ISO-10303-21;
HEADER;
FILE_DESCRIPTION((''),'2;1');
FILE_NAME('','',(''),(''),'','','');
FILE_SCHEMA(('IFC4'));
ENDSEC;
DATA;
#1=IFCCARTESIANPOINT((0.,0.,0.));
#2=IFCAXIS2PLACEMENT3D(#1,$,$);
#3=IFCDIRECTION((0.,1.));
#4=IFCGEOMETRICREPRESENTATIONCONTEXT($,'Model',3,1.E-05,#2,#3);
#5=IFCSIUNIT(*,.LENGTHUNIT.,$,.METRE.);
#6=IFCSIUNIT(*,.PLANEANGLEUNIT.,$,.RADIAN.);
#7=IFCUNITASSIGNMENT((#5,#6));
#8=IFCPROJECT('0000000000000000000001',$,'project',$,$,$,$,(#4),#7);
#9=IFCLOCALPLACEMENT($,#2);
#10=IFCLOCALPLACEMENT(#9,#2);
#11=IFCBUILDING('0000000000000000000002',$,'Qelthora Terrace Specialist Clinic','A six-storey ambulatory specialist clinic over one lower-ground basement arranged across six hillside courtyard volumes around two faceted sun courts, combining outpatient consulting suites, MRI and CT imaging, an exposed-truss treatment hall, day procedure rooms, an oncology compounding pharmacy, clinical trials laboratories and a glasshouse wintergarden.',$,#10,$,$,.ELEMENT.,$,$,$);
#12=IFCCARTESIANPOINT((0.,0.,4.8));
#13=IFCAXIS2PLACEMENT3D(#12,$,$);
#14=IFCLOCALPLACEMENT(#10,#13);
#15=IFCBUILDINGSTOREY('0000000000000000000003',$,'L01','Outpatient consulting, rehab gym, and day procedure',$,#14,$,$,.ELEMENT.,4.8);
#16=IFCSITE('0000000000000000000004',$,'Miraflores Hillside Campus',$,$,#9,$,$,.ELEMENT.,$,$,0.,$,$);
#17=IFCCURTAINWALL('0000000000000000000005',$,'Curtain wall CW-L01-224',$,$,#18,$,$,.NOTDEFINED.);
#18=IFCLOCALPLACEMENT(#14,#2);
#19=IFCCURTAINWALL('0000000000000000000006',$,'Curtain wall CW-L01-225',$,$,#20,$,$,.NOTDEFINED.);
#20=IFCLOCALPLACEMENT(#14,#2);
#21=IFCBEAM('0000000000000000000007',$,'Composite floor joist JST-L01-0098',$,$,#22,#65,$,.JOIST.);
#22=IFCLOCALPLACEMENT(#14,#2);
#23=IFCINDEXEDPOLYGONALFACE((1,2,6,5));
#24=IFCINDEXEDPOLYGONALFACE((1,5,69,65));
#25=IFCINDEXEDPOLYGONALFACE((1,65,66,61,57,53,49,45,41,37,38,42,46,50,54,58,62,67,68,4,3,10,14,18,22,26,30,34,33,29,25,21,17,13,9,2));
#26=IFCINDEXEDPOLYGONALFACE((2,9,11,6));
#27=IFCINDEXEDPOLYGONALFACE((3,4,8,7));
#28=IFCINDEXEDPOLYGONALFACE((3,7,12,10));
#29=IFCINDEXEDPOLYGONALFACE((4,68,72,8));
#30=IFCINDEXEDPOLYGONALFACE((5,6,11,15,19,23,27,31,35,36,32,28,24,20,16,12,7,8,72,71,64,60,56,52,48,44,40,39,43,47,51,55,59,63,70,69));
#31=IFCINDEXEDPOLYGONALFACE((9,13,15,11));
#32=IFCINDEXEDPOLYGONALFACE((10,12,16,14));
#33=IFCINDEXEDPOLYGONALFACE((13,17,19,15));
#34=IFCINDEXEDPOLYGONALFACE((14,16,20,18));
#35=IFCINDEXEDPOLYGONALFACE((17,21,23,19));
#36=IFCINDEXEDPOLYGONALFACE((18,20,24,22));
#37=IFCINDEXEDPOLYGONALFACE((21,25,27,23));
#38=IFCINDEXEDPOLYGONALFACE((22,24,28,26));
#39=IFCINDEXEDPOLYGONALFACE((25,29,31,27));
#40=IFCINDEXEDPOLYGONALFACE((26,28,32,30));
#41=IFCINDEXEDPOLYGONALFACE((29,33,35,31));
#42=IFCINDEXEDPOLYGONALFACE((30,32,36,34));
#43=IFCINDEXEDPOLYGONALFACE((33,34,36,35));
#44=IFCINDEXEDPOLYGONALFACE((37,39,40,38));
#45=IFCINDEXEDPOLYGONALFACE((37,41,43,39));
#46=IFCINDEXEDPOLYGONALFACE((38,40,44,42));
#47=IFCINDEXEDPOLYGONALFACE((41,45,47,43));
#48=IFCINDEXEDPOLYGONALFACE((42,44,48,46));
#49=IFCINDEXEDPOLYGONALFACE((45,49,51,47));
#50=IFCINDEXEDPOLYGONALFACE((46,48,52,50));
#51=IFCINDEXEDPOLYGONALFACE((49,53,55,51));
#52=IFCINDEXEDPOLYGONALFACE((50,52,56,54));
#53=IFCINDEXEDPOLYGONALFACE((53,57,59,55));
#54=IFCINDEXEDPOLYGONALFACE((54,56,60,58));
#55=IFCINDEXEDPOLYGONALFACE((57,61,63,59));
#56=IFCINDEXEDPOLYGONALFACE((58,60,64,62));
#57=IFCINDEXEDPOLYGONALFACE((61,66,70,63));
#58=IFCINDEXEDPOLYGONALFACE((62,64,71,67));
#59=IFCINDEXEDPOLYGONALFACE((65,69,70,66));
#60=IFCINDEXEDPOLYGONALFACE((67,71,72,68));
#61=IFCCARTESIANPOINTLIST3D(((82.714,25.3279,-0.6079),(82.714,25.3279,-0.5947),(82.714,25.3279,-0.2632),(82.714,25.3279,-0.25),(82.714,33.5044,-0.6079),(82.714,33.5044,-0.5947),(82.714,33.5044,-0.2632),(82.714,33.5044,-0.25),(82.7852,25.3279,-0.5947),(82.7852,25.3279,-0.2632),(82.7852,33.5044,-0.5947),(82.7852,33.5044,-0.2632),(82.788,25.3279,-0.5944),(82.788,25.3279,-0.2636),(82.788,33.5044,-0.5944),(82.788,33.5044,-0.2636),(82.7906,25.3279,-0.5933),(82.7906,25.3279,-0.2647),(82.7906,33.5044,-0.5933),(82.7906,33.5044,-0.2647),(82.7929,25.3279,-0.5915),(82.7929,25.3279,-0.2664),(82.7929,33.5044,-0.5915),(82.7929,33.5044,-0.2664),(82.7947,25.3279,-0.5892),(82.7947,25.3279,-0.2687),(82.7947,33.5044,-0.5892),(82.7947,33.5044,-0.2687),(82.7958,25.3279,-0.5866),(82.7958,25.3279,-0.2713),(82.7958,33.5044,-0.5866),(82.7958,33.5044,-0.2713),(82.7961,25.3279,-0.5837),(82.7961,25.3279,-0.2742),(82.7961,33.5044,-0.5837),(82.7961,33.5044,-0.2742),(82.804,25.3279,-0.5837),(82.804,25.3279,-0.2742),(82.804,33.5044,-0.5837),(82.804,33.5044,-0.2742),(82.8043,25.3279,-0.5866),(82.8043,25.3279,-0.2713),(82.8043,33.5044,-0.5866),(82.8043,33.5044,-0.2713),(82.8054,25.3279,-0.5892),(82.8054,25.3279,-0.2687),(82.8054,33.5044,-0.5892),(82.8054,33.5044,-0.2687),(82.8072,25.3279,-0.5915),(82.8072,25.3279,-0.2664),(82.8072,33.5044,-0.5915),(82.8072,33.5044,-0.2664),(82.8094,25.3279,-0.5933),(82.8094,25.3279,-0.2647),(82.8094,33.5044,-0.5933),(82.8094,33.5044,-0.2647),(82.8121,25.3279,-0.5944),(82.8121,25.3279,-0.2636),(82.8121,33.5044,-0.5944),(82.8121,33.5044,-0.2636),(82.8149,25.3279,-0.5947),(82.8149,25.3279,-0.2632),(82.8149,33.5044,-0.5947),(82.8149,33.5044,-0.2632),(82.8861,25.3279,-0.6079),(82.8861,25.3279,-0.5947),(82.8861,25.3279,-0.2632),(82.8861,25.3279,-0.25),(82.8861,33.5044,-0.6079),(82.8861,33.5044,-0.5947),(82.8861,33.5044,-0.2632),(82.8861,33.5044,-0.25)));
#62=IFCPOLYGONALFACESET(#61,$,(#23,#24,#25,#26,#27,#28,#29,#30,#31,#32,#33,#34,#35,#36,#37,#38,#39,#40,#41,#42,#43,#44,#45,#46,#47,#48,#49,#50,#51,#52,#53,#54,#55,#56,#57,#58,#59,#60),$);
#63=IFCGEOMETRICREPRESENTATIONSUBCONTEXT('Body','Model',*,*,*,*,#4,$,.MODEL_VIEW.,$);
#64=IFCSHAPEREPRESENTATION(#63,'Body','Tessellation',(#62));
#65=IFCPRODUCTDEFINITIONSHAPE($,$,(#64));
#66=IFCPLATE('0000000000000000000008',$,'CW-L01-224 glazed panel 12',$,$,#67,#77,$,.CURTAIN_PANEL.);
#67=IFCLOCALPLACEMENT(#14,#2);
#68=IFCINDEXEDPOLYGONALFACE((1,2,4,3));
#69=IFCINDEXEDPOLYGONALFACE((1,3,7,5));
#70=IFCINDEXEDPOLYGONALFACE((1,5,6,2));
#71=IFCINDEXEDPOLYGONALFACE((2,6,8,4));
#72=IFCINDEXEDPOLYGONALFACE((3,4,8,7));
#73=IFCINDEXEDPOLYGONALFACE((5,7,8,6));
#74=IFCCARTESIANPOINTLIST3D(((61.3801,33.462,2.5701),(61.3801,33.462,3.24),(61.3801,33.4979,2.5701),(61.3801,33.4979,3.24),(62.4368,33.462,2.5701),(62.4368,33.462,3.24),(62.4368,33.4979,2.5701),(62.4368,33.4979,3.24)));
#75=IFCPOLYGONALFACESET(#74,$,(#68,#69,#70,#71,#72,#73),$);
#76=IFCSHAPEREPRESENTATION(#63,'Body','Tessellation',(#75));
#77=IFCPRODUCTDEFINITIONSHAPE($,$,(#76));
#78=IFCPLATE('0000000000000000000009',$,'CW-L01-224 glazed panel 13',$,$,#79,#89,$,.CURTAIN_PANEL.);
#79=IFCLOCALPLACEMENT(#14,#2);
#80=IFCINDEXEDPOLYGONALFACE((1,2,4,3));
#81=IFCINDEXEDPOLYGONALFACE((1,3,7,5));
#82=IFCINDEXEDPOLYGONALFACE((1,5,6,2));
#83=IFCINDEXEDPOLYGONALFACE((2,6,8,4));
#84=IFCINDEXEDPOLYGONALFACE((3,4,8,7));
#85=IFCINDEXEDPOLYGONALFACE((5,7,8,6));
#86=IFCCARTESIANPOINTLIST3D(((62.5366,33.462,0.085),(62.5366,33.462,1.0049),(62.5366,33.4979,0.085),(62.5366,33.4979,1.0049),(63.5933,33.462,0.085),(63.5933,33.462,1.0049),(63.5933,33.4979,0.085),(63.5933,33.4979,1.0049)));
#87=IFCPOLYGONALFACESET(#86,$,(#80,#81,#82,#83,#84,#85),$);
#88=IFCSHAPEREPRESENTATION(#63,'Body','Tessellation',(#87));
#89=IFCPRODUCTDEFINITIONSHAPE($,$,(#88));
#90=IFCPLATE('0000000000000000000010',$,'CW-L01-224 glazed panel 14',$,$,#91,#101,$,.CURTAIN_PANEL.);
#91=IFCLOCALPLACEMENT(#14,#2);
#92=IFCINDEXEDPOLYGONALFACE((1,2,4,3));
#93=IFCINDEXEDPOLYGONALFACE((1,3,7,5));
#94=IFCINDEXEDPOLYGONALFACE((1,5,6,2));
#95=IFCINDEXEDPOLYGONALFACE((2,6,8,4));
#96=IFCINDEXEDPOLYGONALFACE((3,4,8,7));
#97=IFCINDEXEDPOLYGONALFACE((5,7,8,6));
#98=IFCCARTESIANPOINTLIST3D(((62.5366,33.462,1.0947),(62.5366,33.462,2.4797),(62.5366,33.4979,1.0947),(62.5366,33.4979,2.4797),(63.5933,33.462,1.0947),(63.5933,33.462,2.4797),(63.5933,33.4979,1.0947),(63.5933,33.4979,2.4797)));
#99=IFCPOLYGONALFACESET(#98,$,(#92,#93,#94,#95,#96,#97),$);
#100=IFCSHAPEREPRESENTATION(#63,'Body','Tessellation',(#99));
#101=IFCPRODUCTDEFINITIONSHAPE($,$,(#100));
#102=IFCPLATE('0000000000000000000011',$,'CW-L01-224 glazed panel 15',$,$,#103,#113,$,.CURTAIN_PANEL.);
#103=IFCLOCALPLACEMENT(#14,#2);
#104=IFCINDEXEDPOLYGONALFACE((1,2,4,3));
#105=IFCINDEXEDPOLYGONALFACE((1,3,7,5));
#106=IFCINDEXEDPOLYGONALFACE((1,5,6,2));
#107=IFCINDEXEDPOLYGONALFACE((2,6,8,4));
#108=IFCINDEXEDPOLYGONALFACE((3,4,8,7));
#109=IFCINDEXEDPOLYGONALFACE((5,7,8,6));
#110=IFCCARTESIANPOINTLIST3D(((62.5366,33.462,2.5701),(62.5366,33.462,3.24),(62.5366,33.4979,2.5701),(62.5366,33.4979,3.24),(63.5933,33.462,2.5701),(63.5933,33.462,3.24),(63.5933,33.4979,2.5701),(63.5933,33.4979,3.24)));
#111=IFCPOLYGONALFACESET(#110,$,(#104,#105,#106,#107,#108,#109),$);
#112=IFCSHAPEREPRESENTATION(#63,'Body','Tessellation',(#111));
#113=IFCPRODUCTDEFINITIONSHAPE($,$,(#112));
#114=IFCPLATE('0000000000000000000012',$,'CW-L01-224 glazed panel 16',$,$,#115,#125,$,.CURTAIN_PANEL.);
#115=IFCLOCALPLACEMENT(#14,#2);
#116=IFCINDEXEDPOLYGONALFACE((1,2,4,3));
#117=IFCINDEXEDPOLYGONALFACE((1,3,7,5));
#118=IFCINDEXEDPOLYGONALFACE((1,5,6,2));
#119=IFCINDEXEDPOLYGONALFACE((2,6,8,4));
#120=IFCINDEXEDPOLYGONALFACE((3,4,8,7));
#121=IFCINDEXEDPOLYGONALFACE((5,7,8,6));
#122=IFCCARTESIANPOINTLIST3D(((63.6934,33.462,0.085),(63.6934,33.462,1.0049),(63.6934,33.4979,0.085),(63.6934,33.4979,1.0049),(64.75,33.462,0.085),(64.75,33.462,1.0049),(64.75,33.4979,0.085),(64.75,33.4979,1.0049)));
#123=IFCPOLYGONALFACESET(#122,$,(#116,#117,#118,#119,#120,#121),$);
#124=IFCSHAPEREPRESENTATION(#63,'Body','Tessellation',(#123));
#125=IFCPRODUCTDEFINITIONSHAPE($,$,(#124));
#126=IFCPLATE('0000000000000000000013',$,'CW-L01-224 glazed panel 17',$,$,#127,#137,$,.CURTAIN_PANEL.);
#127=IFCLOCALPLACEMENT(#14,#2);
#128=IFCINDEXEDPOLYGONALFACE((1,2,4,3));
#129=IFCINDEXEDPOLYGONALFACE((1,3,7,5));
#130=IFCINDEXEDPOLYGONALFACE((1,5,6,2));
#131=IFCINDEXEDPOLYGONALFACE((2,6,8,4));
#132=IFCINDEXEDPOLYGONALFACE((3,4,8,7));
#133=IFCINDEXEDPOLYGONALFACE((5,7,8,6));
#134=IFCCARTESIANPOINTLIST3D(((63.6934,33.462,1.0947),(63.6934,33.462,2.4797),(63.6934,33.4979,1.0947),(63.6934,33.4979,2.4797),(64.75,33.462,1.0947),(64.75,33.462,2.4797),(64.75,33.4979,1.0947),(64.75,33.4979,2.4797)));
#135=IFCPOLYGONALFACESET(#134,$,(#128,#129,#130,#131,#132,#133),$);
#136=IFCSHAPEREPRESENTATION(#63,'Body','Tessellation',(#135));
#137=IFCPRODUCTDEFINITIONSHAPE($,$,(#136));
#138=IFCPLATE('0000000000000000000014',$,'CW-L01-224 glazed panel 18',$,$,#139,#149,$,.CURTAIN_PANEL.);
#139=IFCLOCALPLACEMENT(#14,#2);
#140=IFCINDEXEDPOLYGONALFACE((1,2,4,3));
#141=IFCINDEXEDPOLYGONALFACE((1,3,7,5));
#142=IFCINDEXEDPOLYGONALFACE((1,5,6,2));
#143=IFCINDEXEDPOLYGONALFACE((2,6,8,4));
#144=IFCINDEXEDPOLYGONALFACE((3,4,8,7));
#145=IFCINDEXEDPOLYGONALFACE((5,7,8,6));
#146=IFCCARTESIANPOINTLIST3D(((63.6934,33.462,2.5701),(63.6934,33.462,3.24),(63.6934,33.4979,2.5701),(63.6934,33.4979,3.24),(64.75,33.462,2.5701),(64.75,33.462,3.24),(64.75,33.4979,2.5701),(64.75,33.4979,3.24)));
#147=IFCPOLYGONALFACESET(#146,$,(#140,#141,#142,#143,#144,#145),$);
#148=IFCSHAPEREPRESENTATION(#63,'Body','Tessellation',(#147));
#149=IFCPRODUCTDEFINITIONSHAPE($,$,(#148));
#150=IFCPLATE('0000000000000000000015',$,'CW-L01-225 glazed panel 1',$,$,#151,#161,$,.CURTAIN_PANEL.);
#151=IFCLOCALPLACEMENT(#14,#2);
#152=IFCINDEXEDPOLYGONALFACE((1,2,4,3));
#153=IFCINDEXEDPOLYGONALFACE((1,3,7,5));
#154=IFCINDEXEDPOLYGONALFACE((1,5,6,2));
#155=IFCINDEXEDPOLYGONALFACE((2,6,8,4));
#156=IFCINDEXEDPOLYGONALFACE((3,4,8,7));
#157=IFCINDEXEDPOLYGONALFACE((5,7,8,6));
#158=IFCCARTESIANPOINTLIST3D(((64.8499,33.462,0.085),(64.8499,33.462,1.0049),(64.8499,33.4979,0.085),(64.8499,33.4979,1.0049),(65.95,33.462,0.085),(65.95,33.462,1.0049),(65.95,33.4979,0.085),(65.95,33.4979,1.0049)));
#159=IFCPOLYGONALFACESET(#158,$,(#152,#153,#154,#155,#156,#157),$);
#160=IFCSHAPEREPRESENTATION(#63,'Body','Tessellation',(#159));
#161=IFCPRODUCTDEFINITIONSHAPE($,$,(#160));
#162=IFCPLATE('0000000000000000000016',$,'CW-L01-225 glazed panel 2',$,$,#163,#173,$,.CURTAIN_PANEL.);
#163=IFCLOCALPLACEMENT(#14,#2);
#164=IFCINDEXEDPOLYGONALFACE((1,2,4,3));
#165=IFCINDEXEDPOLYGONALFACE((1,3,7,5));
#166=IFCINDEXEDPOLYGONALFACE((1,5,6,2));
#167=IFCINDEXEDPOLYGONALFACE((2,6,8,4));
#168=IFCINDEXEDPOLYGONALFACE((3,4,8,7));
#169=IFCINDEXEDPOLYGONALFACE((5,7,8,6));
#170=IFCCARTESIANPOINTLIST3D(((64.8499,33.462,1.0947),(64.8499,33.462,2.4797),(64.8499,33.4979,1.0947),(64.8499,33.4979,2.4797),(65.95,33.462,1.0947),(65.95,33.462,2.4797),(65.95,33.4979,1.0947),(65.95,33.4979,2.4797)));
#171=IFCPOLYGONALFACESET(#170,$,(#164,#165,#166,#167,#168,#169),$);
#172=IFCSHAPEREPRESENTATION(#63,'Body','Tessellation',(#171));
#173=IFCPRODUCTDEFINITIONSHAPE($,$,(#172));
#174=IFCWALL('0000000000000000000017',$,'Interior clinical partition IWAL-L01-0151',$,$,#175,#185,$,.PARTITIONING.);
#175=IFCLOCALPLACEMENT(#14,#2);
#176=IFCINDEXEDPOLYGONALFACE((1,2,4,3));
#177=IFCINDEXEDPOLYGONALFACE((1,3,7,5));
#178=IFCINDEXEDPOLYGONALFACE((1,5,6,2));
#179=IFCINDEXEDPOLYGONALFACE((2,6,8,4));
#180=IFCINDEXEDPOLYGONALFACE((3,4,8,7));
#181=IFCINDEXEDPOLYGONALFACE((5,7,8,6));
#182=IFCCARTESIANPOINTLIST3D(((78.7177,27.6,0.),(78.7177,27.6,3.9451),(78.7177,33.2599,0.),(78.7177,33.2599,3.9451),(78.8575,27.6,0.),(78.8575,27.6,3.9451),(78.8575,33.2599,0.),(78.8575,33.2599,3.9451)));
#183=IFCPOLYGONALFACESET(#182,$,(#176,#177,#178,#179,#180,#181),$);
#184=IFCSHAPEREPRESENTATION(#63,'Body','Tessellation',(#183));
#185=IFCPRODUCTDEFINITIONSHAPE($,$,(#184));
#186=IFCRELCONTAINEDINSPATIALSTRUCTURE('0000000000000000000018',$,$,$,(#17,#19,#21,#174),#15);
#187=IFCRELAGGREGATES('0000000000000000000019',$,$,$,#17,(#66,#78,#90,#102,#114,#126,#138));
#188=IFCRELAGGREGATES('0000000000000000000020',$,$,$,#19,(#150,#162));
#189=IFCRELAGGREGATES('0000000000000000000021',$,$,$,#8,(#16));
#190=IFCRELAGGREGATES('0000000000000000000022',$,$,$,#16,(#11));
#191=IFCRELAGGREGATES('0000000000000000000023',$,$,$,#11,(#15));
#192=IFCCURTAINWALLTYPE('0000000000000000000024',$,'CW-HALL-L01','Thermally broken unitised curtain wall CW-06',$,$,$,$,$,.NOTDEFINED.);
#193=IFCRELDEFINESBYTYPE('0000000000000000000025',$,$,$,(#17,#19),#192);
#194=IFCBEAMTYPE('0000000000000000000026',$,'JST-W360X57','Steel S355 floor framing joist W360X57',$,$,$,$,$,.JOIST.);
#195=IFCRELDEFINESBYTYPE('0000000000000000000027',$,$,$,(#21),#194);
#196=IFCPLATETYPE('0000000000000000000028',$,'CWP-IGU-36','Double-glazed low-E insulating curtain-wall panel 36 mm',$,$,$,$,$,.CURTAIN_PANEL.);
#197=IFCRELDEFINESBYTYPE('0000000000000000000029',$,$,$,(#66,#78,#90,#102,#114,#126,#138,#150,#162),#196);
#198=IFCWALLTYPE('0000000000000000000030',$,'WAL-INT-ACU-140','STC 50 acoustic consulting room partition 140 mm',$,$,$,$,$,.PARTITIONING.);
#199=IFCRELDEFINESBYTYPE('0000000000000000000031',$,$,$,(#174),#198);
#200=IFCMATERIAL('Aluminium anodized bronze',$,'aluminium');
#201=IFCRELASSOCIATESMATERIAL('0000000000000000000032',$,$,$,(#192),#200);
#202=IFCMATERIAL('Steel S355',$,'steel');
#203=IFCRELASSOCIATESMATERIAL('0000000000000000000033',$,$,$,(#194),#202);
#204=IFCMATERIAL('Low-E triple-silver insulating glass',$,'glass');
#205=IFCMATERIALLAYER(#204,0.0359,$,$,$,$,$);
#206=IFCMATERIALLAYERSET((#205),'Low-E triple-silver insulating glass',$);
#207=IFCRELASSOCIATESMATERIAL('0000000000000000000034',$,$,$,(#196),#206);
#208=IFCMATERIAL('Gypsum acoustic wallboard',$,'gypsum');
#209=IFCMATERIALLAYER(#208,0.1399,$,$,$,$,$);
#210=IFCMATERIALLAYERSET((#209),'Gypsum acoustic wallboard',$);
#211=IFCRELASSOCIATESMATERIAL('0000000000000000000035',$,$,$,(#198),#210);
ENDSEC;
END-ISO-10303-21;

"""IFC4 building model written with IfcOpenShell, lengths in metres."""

from ifc_helpers import new_model, si_unit, direction, frame, frame_2d, origin, origin_2d, place, context, subcontext, project, spatial, rectangle, i_section, extrude, material, layer, layer_set, material_profile, profile_set, type_object, element, aggregate, save


model = new_model("IFC4")

# Units and contexts
model_context = context("Model", 3, precision=1e-05, world=origin(), true_north=direction((0.0, 1.0)))
body_context = subcontext(model_context, "Body", "Model", "MODEL_VIEW")
ifc_project = project(units=[si_unit("LENGTHUNIT", "METRE"), si_unit("PLANEANGLEUNIT", "RADIAN")], contexts=[model_context])

# Site, building, storey
site_placement = place(None, origin())
site = spatial("IfcSite", under=ifc_project, at=site_placement, Name="Miraflores Hillside Campus", CompositionType="ELEMENT", RefElevation=0.0)
building_placement = place(site_placement, origin())
building = spatial("IfcBuilding", under=site, at=building_placement, Name="Qelthora Terrace Specialist Clinic", Description="A six-storey ambulatory specialist clinic over one lower-ground basement arranged across six hillside courtyard volumes around two faceted sun courts, combining outpatient consulting suites, MRI and CT imaging, an exposed-truss treatment hall, day procedure rooms, an oncology compounding pharmacy, clinical trials laboratories and a glasshouse wintergarden.", CompositionType="ELEMENT")
storey_placement = place(building_placement, frame((0.0, 0.0, 4.8)))
storey = spatial("IfcBuildingStorey", under=building, at=storey_placement, Name="L01", Description="Outpatient consulting, rehab gym, and day procedure", CompositionType="ELEMENT", Elevation=4.8)

# Curtain walls
ifc_material_1 = material(Name="Aluminium anodized bronze", Category="aluminium")
curtain_wall_type = type_object("IfcCurtainWallType", Name="CW-HALL-L01", Description="Thermally broken unitised curtain wall CW-06", PredefinedType="NOTDEFINED", material=ifc_material_1)
curtain_wall_1_placement = place(storey_placement, origin())
curtain_wall_1 = element("IfcCurtainWall", 1, at=curtain_wall_1_placement, inside=storey, type_object=curtain_wall_type, Name="Curtain wall CW-L01-224", PredefinedType="NOTDEFINED")
curtain_wall_2_placement = place(storey_placement, origin())
curtain_wall_2 = element("IfcCurtainWall", 2, at=curtain_wall_2_placement, inside=storey, type_object=curtain_wall_type, Name="Curtain wall CW-L01-225", PredefinedType="NOTDEFINED")

# Beam
ifc_material_2 = material(Name="Steel S355", Category="steel")
ifc_material_profile_1 = material_profile(ifc_material_2, i_section(OverallWidth=0.1721, OverallDepth=0.3579, WebThickness=0.0078, FlangeThickness=0.0132, FilletRadius=0.011, at=origin_2d()), Name="W360X57")
ifc_profile_set_1 = profile_set([ifc_material_profile_1], Name="Steel S355")
beam_type_1 = type_object("IfcBeamType", Name="JST-W360X57", Description="Steel S355 floor framing joist W360X57", PredefinedType="JOIST", material=ifc_profile_set_1)
beam_1_placement = place(storey_placement, frame((82.8, 25.3279, -0.429), z_axis=(0.0, 1.0, 0.0), x_axis=(-1.0, 0.0, 0.0)))
element("IfcBeam", 3, at=beam_1_placement, inside=storey, type_object=beam_type_1, Name="Composite floor joist JST-L01-0098", PredefinedType="JOIST", context=body_context, shape_type="SweptSolid", body=[
    extrude(i_section(OverallWidth=0.1721, OverallDepth=0.3579, WebThickness=0.0078, FlangeThickness=0.0132, FilletRadius=0.011, at=origin_2d()), origin(), (0.0, 0.0, 1.0), 8.1765),
])

# Plates
ifc_material_3 = material(Name="Low-E triple-silver insulating glass", Category="glass")
ifc_layer_1 = layer(ifc_material_3, 0.0359)
ifc_layer_set_1 = layer_set([ifc_layer_1], Name="Low-E triple-silver insulating glass")
plate_type = type_object("IfcPlateType", Name="CWP-IGU-36", Description="Double-glazed low-E insulating curtain-wall panel 36 mm", PredefinedType="CURTAIN_PANEL", material=ifc_layer_set_1)
plate_1_placement = place(storey_placement, frame((61.9084, 33.48, 2.5701), z_axis=(0.0, 0.0, 1.0), x_axis=(1.0, 0.0, 0.0)))
plate_1 = element("IfcPlate", 4, at=plate_1_placement, type_object=plate_type, Name="CW-L01-224 glazed panel 12", PredefinedType="CURTAIN_PANEL", context=body_context, shape_type="SweptSolid", body=[
    extrude(rectangle(XDim=1.0566, YDim=0.0359, at=origin_2d()), origin(), (0.0, 0.0, 1.0), 0.6699),
])
plate_2_placement = place(storey_placement, frame((63.0649, 33.48, 0.085), z_axis=(0.0, 0.0, 1.0), x_axis=(1.0, 0.0, 0.0)))
plate_2 = element("IfcPlate", 5, at=plate_2_placement, type_object=plate_type, Name="CW-L01-224 glazed panel 13", PredefinedType="CURTAIN_PANEL", context=body_context, shape_type="SweptSolid", body=[
    extrude(rectangle(XDim=1.0566, YDim=0.0359, at=origin_2d()), origin(), (0.0, 0.0, 1.0), 0.9199),
])
plate_3_placement = place(storey_placement, frame((63.0649, 33.48, 1.0947), z_axis=(0.0, 0.0, 1.0), x_axis=(1.0, 0.0, 0.0)))
plate_3 = element("IfcPlate", 6, at=plate_3_placement, type_object=plate_type, Name="CW-L01-224 glazed panel 14", PredefinedType="CURTAIN_PANEL", context=body_context, shape_type="SweptSolid", body=[
    extrude(rectangle(XDim=1.0566, YDim=0.0359, at=origin_2d()), origin(), (0.0, 0.0, 1.0), 1.385),
])
plate_4_placement = place(storey_placement, frame((63.0649, 33.48, 2.5701), z_axis=(0.0, 0.0, 1.0), x_axis=(1.0, 0.0, 0.0)))
plate_4 = element("IfcPlate", 7, at=plate_4_placement, type_object=plate_type, Name="CW-L01-224 glazed panel 15", PredefinedType="CURTAIN_PANEL", context=body_context, shape_type="SweptSolid", body=[
    extrude(rectangle(XDim=1.0566, YDim=0.0359, at=origin_2d()), origin(), (0.0, 0.0, 1.0), 0.6699),
])
plate_5_placement = place(storey_placement, frame((64.2217, 33.48, 0.085), z_axis=(0.0, 0.0, 1.0), x_axis=(1.0, 0.0, 0.0)))
plate_5 = element("IfcPlate", 8, at=plate_5_placement, type_object=plate_type, Name="CW-L01-224 glazed panel 16", PredefinedType="CURTAIN_PANEL", context=body_context, shape_type="SweptSolid", body=[
    extrude(rectangle(XDim=1.0566, YDim=0.0359, at=origin_2d()), origin(), (0.0, 0.0, 1.0), 0.9199),
])
plate_6_placement = place(storey_placement, frame((64.2217, 33.48, 1.0947), z_axis=(0.0, 0.0, 1.0), x_axis=(1.0, 0.0, 0.0)))
plate_6 = element("IfcPlate", 9, at=plate_6_placement, type_object=plate_type, Name="CW-L01-224 glazed panel 17", PredefinedType="CURTAIN_PANEL", context=body_context, shape_type="SweptSolid", body=[
    extrude(rectangle(XDim=1.0566, YDim=0.0359, at=origin_2d()), origin(), (0.0, 0.0, 1.0), 1.385),
])
plate_7_placement = place(storey_placement, frame((64.2217, 33.48, 2.5701), z_axis=(0.0, 0.0, 1.0), x_axis=(1.0, 0.0, 0.0)))
plate_7 = element("IfcPlate", 10, at=plate_7_placement, type_object=plate_type, Name="CW-L01-224 glazed panel 18", PredefinedType="CURTAIN_PANEL", context=body_context, shape_type="SweptSolid", body=[
    extrude(rectangle(XDim=1.0566, YDim=0.0359, at=origin_2d()), origin(), (0.0, 0.0, 1.0), 0.6699),
])
aggregate(curtain_wall_1, [plate_1, plate_2, plate_3, plate_4, plate_5, plate_6, plate_7])
plate_8_placement = place(storey_placement, frame((65.3999, 33.48, 0.085), z_axis=(0.0, 0.0, 1.0), x_axis=(1.0, 0.0, 0.0)))
plate_8 = element("IfcPlate", 11, at=plate_8_placement, type_object=plate_type, Name="CW-L01-225 glazed panel 1", PredefinedType="CURTAIN_PANEL", context=body_context, shape_type="SweptSolid", body=[
    extrude(rectangle(XDim=1.1001, YDim=0.0359, at=origin_2d()), origin(), (0.0, 0.0, 1.0), 0.9199),
])
plate_9_placement = place(storey_placement, frame((65.3999, 33.48, 1.0947), z_axis=(0.0, 0.0, 1.0), x_axis=(1.0, 0.0, 0.0)))
plate_9 = element("IfcPlate", 12, at=plate_9_placement, type_object=plate_type, Name="CW-L01-225 glazed panel 2", PredefinedType="CURTAIN_PANEL", context=body_context, shape_type="SweptSolid", body=[
    extrude(rectangle(XDim=1.1001, YDim=0.0359, at=origin_2d()), origin(), (0.0, 0.0, 1.0), 1.385),
])
aggregate(curtain_wall_2, [plate_8, plate_9])

# Wall
ifc_material_4 = material(Name="Gypsum acoustic wallboard", Category="gypsum")
ifc_layer_2 = layer(ifc_material_4, 0.1399)
ifc_layer_set_2 = layer_set([ifc_layer_2], Name="Gypsum acoustic wallboard")
wall_type_1 = type_object("IfcWallType", Name="WAL-INT-ACU-140", Description="STC 50 acoustic consulting room partition 140 mm", PredefinedType="PARTITIONING", material=ifc_layer_set_2)
wall_1_placement = place(storey_placement, frame((78.7876, 33.26, 0.0), z_axis=(0.0, 0.0, 1.0), x_axis=(0.0, -1.0, 0.0)))
element("IfcWall", 13, at=wall_1_placement, inside=storey, type_object=wall_type_1, Name="Interior clinical partition IWAL-L01-0151", PredefinedType="PARTITIONING", context=body_context, shape_type="SweptSolid", body=[
    extrude(rectangle(XDim=5.6599, YDim=0.1399, at=frame_2d((2.8301, 0.0))), origin(), (0.0, 0.0, 1.0), 3.9451),
])

save(model, "model.ifc")
